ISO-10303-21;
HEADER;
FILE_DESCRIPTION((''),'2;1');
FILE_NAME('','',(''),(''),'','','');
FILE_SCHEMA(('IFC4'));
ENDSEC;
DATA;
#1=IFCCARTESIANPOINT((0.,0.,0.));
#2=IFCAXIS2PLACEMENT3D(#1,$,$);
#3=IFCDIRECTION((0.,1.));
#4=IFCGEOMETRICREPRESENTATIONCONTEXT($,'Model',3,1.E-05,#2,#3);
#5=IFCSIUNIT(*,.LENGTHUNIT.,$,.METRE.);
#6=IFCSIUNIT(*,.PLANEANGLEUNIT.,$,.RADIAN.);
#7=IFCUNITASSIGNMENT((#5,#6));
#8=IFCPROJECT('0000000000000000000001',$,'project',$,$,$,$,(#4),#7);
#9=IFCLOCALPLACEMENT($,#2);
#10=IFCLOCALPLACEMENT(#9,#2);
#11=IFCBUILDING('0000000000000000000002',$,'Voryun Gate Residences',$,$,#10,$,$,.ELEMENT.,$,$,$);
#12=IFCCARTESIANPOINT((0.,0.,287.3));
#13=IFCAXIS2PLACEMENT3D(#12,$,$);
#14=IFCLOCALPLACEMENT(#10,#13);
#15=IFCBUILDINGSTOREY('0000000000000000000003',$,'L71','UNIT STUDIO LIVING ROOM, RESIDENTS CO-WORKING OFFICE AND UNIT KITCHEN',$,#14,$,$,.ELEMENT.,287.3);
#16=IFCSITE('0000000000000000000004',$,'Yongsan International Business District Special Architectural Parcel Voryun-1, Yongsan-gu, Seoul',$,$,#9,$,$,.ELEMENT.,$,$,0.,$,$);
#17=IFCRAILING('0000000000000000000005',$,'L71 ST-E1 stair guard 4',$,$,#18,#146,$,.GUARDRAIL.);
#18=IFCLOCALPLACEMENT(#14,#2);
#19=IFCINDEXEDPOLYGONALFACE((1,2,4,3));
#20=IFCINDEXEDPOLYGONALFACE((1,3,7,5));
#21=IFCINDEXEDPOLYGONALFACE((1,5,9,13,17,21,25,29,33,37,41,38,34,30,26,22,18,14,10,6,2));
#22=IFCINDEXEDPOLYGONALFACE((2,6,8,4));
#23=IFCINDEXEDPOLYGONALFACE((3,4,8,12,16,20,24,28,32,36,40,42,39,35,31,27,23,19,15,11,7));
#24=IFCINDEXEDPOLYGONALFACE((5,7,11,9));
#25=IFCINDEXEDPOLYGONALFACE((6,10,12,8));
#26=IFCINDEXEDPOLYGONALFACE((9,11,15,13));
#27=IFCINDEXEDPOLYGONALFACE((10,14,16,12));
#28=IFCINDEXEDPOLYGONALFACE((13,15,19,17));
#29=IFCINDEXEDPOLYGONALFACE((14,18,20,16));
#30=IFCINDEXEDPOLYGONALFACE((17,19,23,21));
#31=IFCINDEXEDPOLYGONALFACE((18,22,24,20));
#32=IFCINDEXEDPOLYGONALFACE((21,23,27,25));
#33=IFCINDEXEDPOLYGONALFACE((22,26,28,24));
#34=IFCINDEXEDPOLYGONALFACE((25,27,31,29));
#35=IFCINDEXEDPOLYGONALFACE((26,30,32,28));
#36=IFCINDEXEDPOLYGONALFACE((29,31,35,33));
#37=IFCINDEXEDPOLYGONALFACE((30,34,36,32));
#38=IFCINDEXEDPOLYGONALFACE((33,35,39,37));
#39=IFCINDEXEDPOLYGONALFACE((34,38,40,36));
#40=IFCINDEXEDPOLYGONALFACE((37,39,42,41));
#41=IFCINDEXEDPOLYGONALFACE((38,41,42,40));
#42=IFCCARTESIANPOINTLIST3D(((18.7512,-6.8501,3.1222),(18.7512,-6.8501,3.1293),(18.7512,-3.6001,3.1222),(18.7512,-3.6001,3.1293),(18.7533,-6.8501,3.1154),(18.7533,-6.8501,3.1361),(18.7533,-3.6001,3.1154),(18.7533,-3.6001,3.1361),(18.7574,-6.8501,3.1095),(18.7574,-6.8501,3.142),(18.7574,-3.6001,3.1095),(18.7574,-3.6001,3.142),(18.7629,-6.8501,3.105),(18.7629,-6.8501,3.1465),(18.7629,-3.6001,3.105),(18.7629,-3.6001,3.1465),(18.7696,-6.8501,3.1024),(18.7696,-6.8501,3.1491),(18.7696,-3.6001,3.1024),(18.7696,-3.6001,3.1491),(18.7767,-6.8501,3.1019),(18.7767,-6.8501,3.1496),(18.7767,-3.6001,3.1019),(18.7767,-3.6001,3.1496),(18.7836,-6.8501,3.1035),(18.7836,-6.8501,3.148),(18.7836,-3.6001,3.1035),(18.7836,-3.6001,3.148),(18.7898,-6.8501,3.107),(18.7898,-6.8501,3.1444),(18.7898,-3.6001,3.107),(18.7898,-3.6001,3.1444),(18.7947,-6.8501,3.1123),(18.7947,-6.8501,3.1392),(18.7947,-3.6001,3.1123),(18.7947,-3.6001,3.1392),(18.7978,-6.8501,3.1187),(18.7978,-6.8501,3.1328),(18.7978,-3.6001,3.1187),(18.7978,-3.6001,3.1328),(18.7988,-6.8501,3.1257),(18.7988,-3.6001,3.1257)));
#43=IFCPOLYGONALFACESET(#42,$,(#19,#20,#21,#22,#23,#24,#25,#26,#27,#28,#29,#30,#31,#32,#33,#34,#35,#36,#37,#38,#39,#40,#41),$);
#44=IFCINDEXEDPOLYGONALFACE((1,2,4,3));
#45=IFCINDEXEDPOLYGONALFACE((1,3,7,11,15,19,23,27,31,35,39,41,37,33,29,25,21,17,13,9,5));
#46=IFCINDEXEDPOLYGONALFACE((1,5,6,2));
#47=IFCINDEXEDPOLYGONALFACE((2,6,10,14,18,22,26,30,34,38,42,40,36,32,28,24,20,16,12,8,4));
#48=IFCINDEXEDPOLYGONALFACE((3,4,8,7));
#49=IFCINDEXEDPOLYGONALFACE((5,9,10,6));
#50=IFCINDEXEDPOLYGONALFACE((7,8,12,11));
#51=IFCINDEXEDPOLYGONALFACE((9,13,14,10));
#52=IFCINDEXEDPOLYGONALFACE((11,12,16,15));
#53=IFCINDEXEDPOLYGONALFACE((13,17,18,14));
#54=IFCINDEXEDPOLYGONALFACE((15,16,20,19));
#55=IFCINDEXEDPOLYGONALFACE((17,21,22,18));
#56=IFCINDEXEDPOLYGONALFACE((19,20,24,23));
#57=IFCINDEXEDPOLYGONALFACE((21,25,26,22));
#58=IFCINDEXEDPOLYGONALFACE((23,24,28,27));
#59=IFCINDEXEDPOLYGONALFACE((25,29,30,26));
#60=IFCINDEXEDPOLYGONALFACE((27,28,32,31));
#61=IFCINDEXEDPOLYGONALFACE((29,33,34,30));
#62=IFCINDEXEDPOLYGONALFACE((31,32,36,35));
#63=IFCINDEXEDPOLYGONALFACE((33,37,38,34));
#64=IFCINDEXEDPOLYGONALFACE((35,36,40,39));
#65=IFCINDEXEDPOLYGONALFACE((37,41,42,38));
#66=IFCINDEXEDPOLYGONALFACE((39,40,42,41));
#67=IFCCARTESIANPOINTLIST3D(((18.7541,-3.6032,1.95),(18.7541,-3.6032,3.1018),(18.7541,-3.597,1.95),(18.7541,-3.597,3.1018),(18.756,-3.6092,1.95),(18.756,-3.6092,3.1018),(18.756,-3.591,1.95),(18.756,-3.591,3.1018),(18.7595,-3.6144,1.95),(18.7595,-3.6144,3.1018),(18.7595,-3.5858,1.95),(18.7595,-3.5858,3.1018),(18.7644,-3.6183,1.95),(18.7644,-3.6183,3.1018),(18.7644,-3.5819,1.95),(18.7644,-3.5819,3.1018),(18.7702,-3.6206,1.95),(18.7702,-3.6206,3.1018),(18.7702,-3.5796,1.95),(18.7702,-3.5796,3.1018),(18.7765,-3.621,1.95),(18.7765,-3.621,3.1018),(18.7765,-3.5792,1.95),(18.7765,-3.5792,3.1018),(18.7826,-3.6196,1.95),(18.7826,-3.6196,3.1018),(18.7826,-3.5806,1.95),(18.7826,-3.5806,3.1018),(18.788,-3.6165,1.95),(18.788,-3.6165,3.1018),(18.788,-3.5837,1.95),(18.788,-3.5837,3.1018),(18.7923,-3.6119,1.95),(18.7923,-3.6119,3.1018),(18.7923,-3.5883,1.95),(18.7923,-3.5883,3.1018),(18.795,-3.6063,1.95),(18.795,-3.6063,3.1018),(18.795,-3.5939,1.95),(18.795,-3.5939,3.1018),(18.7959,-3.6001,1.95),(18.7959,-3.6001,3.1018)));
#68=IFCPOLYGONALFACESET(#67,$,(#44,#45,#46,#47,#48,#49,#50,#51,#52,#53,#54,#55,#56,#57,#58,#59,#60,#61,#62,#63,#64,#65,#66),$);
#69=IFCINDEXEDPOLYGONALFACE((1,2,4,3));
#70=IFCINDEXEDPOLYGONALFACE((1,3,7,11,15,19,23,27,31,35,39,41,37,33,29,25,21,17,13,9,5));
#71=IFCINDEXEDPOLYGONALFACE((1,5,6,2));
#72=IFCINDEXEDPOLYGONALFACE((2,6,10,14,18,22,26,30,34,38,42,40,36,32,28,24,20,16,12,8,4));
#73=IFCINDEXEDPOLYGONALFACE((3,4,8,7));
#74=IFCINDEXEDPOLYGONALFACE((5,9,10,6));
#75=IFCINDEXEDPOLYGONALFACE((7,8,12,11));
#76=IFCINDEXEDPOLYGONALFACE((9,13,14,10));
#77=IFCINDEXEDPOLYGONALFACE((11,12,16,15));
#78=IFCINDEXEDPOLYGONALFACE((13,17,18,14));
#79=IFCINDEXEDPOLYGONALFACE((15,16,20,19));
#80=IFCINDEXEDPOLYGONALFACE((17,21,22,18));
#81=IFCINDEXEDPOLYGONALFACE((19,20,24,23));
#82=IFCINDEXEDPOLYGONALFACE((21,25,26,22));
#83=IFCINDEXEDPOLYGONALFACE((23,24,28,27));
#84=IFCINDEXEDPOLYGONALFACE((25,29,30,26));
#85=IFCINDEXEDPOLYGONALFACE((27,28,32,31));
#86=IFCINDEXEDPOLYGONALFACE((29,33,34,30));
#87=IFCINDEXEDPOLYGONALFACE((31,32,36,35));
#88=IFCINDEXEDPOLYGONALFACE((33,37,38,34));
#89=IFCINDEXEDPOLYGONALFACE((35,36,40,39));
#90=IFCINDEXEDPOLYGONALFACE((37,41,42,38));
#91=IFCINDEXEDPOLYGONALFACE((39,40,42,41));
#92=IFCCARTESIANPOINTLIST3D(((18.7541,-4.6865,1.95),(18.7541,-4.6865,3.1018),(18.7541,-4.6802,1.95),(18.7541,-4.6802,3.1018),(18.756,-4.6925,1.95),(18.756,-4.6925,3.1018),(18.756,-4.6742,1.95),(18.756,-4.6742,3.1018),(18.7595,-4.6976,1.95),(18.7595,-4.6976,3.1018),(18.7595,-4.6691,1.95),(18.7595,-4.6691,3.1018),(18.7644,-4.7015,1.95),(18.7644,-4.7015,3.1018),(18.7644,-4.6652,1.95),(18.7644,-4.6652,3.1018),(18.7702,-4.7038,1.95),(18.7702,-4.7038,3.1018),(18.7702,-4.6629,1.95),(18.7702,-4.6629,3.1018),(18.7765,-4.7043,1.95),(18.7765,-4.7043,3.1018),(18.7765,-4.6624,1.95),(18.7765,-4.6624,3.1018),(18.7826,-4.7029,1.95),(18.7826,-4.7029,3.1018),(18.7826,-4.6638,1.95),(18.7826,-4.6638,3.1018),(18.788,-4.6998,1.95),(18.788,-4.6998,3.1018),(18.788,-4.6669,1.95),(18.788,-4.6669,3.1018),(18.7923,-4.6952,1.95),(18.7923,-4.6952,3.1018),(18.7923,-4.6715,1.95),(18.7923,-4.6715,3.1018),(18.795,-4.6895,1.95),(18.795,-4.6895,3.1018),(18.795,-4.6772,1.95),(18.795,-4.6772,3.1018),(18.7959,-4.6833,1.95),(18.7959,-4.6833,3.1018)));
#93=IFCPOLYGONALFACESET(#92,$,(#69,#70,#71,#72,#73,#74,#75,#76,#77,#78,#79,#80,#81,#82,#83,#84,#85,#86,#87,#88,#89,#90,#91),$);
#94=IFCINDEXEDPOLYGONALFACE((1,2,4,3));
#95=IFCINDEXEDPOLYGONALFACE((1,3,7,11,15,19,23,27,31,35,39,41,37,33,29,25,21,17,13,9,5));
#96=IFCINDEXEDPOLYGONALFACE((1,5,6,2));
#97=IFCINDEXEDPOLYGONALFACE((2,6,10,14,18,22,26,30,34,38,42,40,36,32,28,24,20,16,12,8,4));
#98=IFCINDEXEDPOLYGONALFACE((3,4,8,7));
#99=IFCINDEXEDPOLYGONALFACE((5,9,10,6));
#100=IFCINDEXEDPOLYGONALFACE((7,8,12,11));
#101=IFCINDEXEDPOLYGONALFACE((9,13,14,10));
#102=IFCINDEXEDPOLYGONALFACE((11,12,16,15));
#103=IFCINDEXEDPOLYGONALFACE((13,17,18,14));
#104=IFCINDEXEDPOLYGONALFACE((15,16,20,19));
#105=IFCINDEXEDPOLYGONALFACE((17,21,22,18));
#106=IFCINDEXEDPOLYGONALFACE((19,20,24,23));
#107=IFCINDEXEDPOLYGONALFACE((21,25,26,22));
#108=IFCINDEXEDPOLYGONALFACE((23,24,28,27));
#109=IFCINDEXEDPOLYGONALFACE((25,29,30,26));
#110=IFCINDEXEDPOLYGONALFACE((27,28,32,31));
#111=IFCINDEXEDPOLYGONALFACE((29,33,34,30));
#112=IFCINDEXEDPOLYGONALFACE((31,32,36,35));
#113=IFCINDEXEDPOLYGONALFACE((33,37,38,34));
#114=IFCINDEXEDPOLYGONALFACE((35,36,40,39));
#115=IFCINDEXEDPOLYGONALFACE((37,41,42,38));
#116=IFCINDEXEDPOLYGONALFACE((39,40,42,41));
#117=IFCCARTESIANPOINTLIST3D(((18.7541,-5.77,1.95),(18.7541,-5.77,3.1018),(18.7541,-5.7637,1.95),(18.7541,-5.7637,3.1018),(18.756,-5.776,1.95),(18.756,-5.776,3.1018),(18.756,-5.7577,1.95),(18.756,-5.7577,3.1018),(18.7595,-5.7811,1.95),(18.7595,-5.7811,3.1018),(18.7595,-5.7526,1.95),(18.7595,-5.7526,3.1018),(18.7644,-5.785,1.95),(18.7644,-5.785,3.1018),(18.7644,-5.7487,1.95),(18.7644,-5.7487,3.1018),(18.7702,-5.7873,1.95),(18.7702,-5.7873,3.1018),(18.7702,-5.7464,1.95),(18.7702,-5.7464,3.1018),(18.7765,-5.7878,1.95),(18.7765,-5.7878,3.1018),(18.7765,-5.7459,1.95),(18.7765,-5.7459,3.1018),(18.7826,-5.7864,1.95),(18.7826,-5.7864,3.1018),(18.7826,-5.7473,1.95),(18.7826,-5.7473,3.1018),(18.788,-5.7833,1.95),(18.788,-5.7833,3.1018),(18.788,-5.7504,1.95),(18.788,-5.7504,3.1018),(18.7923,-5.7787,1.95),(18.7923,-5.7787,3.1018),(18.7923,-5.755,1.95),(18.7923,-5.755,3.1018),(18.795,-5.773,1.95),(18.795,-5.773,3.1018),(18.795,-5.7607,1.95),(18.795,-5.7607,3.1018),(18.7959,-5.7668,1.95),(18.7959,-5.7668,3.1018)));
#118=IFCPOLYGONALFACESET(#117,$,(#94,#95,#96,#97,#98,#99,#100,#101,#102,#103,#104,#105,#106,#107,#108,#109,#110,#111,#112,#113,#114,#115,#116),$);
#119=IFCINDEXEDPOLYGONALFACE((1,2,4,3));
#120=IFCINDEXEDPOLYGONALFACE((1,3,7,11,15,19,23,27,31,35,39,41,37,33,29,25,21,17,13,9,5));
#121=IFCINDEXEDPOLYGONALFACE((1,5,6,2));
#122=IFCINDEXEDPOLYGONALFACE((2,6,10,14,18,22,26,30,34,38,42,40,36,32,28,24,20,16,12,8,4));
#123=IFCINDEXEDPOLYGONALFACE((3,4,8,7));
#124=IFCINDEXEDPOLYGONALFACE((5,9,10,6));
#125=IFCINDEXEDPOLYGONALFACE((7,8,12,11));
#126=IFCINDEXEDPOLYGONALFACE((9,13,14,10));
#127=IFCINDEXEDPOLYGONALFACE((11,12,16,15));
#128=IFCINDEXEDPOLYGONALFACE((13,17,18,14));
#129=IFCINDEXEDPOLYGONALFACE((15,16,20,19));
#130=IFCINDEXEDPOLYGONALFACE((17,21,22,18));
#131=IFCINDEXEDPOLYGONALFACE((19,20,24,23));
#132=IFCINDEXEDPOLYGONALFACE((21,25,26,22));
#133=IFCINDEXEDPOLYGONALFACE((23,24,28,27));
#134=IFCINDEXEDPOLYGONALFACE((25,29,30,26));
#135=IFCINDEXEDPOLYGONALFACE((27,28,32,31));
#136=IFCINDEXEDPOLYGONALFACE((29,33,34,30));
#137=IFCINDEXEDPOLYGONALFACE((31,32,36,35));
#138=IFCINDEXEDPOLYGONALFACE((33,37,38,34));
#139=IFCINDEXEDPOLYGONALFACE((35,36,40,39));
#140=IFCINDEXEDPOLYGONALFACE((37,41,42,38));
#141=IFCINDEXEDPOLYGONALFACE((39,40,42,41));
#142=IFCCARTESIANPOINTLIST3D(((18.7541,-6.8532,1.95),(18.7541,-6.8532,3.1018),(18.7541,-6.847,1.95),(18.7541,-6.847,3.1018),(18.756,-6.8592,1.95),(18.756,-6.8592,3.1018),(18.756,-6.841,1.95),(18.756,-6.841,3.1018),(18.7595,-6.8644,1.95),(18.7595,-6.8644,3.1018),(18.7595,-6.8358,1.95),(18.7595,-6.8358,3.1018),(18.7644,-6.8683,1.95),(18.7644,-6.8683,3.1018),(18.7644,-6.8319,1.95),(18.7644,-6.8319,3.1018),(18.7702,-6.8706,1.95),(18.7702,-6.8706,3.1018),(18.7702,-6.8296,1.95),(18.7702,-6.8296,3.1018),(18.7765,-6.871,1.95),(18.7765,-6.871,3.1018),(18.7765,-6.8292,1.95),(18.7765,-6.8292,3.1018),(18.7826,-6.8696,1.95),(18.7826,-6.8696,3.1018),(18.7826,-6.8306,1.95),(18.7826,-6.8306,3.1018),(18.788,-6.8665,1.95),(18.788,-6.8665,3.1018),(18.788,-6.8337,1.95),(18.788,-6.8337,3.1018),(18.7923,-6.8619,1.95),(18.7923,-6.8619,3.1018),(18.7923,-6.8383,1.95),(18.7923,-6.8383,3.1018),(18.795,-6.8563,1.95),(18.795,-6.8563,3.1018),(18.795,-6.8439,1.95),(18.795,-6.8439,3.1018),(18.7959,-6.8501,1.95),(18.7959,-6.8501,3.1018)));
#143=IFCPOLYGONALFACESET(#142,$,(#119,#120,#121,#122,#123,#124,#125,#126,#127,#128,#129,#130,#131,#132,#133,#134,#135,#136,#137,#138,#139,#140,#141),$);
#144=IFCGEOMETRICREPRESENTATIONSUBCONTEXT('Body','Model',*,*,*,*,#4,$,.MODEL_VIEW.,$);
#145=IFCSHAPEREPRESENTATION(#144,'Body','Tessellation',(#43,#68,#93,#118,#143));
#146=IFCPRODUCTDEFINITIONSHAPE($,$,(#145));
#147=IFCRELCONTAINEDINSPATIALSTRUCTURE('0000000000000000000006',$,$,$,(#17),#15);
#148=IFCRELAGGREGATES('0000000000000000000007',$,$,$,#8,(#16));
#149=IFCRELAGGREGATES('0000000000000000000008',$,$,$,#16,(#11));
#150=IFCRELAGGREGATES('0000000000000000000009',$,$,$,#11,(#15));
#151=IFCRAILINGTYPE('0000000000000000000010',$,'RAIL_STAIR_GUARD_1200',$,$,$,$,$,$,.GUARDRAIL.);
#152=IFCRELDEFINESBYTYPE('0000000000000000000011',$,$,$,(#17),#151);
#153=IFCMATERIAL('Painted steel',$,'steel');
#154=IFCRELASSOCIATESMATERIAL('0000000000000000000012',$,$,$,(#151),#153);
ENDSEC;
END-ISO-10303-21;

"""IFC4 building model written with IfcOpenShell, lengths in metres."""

from ifc_helpers import new_model, si_unit, direction, frame, origin, origin_2d, place, context, subcontext, project, spatial, circle, extrude, material, type_object, element, save


model = new_model("IFC4")

# Units and contexts
model_context = context("Model", 3, precision=1e-05, world=origin(), true_north=direction((0.0, 1.0)))
body_context = subcontext(model_context, "Body", "Model", "MODEL_VIEW")
ifc_project = project(units=[si_unit("LENGTHUNIT", "METRE"), si_unit("PLANEANGLEUNIT", "RADIAN")], contexts=[model_context])

# Site, building, storey
site_placement = place(None, origin())
site = spatial("IfcSite", under=ifc_project, at=site_placement, Name="Yongsan International Business District Special Architectural Parcel Voryun-1, Yongsan-gu, Seoul", CompositionType="ELEMENT", RefElevation=0.0)
building_placement = place(site_placement, origin())
building = spatial("IfcBuilding", under=site, at=building_placement, Name="Voryun Gate Residences", CompositionType="ELEMENT")
storey_placement = place(building_placement, frame((0.0, 0.0, 287.3)))
storey = spatial("IfcBuildingStorey", under=building, at=storey_placement, Name="L71", Description="UNIT STUDIO LIVING ROOM, RESIDENTS CO-WORKING OFFICE AND UNIT KITCHEN", CompositionType="ELEMENT", Elevation=287.3)

# Railing
ifc_material_1 = material(Name="Painted steel", Category="steel")
railing_type_1 = type_object("IfcRailingType", Name="RAIL_STAIR_GUARD_1200", PredefinedType="GUARDRAIL", material=ifc_material_1)
for number, where, name in (
    (1, (18.7749, -3.6001, 1.95), "L71 ST-E1 stair guard 4"),
):
    element("IfcRailing", number, at=place(storey_placement, frame(where)), inside=storey, type_object=railing_type_1, Name=name, PredefinedType="GUARDRAIL", context=body_context, shape_type="SweptSolid", body=[
        extrude(circle(Radius=0.0239, at=origin_2d()), frame((0.0, 0.0, 1.1758), z_axis=(0.0, -1.0, 0.0), x_axis=(1.0, 0.0, 0.0)), (0.0, 0.0, 1.0), 3.25),
        extrude(circle(Radius=0.021, at=origin_2d()), origin(), (0.0, 0.0, 1.0), 1.1519),
        extrude(circle(Radius=0.021, at=origin_2d()), frame((0.0, -1.0833, 0.0)), (0.0, 0.0, 1.0), 1.1519),
        extrude(circle(Radius=0.021, at=origin_2d()), frame((0.0, -2.1667, 0.0)), (0.0, 0.0, 1.0), 1.1519),
        extrude(circle(Radius=0.021, at=origin_2d()), frame((0.0, -3.25, 0.0)), (0.0, 0.0, 1.0), 1.1519),
    ])

save(model, "model.ifc")
